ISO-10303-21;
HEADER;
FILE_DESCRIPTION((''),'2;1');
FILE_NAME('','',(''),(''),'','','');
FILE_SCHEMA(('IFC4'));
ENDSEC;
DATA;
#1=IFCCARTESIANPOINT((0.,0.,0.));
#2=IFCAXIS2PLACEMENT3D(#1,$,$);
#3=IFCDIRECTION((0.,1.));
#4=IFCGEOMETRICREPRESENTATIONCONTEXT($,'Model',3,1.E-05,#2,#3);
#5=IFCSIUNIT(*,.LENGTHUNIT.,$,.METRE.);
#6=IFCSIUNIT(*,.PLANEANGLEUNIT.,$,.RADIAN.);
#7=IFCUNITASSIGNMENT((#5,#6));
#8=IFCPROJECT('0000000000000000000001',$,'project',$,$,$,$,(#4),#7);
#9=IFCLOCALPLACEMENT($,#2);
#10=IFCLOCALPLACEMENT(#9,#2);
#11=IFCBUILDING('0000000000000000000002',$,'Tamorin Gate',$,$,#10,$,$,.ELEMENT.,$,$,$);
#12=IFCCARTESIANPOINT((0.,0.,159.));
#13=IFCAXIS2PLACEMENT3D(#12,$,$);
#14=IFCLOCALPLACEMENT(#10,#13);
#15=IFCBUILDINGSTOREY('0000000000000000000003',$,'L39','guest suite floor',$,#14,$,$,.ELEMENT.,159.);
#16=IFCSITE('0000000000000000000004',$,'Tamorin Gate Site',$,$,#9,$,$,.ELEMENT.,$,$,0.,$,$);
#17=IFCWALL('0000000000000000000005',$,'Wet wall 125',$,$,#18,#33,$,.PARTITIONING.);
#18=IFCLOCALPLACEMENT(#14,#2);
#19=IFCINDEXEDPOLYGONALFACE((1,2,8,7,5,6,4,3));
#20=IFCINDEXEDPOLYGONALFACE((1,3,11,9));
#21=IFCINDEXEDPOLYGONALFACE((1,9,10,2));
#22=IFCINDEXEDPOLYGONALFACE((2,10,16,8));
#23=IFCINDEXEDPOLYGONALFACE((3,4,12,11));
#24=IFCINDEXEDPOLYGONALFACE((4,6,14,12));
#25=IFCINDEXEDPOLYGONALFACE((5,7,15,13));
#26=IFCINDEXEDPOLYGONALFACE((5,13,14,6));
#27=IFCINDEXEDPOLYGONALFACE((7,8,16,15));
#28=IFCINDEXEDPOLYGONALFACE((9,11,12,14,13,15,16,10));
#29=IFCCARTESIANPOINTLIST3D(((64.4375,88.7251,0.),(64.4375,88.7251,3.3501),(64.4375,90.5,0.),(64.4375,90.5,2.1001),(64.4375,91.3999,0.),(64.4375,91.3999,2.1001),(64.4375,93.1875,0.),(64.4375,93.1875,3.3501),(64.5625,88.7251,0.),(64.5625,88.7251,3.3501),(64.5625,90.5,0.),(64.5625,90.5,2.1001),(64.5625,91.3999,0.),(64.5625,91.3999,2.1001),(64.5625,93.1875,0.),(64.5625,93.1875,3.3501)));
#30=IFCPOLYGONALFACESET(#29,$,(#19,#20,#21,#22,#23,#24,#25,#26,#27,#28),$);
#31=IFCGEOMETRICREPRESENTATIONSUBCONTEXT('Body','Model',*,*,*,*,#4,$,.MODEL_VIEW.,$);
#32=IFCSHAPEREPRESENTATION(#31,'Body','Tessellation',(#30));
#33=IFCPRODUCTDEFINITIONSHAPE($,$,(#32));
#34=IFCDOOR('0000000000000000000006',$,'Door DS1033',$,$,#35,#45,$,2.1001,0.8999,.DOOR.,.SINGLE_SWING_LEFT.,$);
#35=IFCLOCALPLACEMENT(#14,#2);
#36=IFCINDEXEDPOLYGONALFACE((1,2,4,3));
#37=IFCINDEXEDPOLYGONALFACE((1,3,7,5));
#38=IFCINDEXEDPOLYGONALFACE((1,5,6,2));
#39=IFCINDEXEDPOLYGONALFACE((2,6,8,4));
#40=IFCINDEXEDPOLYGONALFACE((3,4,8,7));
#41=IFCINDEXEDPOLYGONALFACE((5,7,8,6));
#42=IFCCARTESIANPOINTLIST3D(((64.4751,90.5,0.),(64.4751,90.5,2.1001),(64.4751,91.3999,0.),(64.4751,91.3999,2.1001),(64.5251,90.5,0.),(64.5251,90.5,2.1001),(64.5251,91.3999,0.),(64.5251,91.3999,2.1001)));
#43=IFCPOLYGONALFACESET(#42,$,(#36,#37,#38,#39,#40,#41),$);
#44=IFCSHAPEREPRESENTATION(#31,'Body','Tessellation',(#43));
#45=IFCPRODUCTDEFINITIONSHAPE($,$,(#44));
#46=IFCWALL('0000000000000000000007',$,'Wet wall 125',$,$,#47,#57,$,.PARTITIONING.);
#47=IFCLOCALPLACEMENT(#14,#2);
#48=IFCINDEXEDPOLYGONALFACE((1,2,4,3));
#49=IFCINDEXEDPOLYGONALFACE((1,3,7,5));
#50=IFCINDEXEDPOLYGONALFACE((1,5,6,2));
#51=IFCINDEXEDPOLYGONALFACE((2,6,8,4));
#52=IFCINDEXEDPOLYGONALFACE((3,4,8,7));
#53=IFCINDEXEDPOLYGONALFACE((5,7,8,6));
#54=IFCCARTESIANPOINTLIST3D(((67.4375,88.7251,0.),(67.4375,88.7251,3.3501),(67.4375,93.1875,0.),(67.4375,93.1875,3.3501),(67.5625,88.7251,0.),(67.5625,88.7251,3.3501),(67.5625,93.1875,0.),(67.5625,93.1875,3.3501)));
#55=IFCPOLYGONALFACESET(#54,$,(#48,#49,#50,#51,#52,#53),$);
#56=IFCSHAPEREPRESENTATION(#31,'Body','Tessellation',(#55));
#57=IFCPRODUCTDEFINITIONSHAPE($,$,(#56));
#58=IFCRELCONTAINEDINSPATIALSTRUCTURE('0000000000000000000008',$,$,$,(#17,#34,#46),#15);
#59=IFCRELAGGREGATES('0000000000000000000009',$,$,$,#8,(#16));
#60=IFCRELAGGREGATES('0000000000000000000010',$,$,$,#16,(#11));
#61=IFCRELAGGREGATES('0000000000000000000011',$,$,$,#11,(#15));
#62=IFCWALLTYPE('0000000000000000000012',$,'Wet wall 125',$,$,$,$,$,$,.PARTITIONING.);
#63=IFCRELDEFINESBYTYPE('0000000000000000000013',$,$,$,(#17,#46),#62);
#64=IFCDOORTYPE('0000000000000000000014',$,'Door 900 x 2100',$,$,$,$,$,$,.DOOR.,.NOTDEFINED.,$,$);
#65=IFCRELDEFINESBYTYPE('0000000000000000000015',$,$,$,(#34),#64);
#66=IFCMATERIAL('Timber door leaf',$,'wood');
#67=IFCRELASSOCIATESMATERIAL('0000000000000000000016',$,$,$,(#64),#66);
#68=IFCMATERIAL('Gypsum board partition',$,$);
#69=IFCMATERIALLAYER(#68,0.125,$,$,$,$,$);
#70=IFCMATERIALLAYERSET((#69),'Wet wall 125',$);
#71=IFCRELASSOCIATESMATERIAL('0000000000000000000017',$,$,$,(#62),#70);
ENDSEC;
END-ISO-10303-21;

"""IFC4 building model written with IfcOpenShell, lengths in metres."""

from ifc_helpers import new_model, si_unit, direction, frame, frame_2d, origin, place, context, subcontext, project, spatial, rectangle, extrude, material, layer, layer_set, type_object, element, fill, save


model = new_model("IFC4")

# Units and contexts
model_context = context("Model", 3, precision=1e-05, world=origin(), true_north=direction((0.0, 1.0)))
body_context = subcontext(model_context, "Body", "Model", "MODEL_VIEW")
ifc_project = project(units=[si_unit("LENGTHUNIT", "METRE"), si_unit("PLANEANGLEUNIT", "RADIAN")], contexts=[model_context])

# Site, building, storey
site_placement = place(None, origin())
site = spatial("IfcSite", under=ifc_project, at=site_placement, Name="Tamorin Gate Site", CompositionType="ELEMENT", RefElevation=0.0)
building_placement = place(site_placement, origin())
building = spatial("IfcBuilding", under=site, at=building_placement, Name="Tamorin Gate", CompositionType="ELEMENT")
storey_placement = place(building_placement, frame((0.0, 0.0, 159.0)))
storey = spatial("IfcBuildingStorey", under=building, at=storey_placement, Name="L39", Description="guest suite floor", CompositionType="ELEMENT", Elevation=159.0)

# Shared definitions
ifc_material_1 = material(Name="Gypsum board partition")

# Shared definitions
ifc_material_2 = material(Name="Timber door leaf", Category="wood")
door_type = type_object("IfcDoorType", Name="Door 900 x 2100", OperationType="NOTDEFINED", PredefinedType="DOOR", material=ifc_material_2)

# Shared definitions
ifc_layer_1 = layer(ifc_material_1, 0.125)
ifc_layer_set_1 = layer_set([ifc_layer_1], Name="Wet wall 125")
wall_type_1 = type_object("IfcWallType", Name="Wet wall 125", PredefinedType="PARTITIONING", material=ifc_layer_set_1)

# Wall, opening, door
wall_1_placement = place(storey_placement, frame((64.5, 88.7251, 0.0), z_axis=(0.0, 0.0, 1.0), x_axis=(0.0, 1.0, 0.0)))
wall_1 = element("IfcWall", 1, at=wall_1_placement, inside=storey, type_object=wall_type_1, Name="Wet wall 125", PredefinedType="PARTITIONING", context=body_context, shape_type="SweptSolid", body=[
    extrude(rectangle(XDim=4.4624, YDim=0.125, at=frame_2d((2.2312, 0.0))), origin(), (0.0, 0.0, 1.0), 3.3501),
])
opening_1_placement = place(wall_1_placement, frame((1.7749, 0.0, 0.0)))
opening_1 = element("IfcOpeningElement", 2, at=opening_1_placement, cuts=wall_1, PredefinedType="OPENING", context=body_context, shape_type="SweptSolid", body=[
    extrude(rectangle(XDim=0.8999, YDim=2.1001, at=frame_2d((0.45, 1.05))), frame((0.0, 0.0725, 0.0), z_axis=(0.0, -1.0, 0.0), x_axis=(1.0, 0.0, 0.0)), (0.0, 0.0, 1.0), 0.145),
])
door_1_placement = place(opening_1_placement, origin())
door_1 = element("IfcDoor", 3, at=door_1_placement, inside=storey, type_object=door_type, Name="Door DS1033", OperationType="SINGLE_SWING_LEFT", OverallHeight=2.1001, OverallWidth=0.8999, PredefinedType="DOOR", context=body_context, shape_type="SweptSolid", body=[
    extrude(rectangle(XDim=0.8999, YDim=2.1001, at=frame_2d((0.45, 1.05))), frame((0.0, 0.0249, 0.0), z_axis=(0.0, -1.0, 0.0), x_axis=(1.0, 0.0, 0.0)), (0.0, 0.0, 1.0), 0.05),
])
fill(opening_1, door_1)

# Wall
wall_2_placement = place(storey_placement, frame((67.5, 88.7251, 0.0), z_axis=(0.0, 0.0, 1.0), x_axis=(0.0, 1.0, 0.0)))
element("IfcWall", 4, at=wall_2_placement, inside=storey, type_object=wall_type_1, Name="Wet wall 125", PredefinedType="PARTITIONING", context=body_context, shape_type="SweptSolid", body=[
    extrude(rectangle(XDim=4.4624, YDim=0.125, at=frame_2d((2.2312, 0.0))), origin(), (0.0, 0.0, 1.0), 3.3501),
])

save(model, "model.ifc")
